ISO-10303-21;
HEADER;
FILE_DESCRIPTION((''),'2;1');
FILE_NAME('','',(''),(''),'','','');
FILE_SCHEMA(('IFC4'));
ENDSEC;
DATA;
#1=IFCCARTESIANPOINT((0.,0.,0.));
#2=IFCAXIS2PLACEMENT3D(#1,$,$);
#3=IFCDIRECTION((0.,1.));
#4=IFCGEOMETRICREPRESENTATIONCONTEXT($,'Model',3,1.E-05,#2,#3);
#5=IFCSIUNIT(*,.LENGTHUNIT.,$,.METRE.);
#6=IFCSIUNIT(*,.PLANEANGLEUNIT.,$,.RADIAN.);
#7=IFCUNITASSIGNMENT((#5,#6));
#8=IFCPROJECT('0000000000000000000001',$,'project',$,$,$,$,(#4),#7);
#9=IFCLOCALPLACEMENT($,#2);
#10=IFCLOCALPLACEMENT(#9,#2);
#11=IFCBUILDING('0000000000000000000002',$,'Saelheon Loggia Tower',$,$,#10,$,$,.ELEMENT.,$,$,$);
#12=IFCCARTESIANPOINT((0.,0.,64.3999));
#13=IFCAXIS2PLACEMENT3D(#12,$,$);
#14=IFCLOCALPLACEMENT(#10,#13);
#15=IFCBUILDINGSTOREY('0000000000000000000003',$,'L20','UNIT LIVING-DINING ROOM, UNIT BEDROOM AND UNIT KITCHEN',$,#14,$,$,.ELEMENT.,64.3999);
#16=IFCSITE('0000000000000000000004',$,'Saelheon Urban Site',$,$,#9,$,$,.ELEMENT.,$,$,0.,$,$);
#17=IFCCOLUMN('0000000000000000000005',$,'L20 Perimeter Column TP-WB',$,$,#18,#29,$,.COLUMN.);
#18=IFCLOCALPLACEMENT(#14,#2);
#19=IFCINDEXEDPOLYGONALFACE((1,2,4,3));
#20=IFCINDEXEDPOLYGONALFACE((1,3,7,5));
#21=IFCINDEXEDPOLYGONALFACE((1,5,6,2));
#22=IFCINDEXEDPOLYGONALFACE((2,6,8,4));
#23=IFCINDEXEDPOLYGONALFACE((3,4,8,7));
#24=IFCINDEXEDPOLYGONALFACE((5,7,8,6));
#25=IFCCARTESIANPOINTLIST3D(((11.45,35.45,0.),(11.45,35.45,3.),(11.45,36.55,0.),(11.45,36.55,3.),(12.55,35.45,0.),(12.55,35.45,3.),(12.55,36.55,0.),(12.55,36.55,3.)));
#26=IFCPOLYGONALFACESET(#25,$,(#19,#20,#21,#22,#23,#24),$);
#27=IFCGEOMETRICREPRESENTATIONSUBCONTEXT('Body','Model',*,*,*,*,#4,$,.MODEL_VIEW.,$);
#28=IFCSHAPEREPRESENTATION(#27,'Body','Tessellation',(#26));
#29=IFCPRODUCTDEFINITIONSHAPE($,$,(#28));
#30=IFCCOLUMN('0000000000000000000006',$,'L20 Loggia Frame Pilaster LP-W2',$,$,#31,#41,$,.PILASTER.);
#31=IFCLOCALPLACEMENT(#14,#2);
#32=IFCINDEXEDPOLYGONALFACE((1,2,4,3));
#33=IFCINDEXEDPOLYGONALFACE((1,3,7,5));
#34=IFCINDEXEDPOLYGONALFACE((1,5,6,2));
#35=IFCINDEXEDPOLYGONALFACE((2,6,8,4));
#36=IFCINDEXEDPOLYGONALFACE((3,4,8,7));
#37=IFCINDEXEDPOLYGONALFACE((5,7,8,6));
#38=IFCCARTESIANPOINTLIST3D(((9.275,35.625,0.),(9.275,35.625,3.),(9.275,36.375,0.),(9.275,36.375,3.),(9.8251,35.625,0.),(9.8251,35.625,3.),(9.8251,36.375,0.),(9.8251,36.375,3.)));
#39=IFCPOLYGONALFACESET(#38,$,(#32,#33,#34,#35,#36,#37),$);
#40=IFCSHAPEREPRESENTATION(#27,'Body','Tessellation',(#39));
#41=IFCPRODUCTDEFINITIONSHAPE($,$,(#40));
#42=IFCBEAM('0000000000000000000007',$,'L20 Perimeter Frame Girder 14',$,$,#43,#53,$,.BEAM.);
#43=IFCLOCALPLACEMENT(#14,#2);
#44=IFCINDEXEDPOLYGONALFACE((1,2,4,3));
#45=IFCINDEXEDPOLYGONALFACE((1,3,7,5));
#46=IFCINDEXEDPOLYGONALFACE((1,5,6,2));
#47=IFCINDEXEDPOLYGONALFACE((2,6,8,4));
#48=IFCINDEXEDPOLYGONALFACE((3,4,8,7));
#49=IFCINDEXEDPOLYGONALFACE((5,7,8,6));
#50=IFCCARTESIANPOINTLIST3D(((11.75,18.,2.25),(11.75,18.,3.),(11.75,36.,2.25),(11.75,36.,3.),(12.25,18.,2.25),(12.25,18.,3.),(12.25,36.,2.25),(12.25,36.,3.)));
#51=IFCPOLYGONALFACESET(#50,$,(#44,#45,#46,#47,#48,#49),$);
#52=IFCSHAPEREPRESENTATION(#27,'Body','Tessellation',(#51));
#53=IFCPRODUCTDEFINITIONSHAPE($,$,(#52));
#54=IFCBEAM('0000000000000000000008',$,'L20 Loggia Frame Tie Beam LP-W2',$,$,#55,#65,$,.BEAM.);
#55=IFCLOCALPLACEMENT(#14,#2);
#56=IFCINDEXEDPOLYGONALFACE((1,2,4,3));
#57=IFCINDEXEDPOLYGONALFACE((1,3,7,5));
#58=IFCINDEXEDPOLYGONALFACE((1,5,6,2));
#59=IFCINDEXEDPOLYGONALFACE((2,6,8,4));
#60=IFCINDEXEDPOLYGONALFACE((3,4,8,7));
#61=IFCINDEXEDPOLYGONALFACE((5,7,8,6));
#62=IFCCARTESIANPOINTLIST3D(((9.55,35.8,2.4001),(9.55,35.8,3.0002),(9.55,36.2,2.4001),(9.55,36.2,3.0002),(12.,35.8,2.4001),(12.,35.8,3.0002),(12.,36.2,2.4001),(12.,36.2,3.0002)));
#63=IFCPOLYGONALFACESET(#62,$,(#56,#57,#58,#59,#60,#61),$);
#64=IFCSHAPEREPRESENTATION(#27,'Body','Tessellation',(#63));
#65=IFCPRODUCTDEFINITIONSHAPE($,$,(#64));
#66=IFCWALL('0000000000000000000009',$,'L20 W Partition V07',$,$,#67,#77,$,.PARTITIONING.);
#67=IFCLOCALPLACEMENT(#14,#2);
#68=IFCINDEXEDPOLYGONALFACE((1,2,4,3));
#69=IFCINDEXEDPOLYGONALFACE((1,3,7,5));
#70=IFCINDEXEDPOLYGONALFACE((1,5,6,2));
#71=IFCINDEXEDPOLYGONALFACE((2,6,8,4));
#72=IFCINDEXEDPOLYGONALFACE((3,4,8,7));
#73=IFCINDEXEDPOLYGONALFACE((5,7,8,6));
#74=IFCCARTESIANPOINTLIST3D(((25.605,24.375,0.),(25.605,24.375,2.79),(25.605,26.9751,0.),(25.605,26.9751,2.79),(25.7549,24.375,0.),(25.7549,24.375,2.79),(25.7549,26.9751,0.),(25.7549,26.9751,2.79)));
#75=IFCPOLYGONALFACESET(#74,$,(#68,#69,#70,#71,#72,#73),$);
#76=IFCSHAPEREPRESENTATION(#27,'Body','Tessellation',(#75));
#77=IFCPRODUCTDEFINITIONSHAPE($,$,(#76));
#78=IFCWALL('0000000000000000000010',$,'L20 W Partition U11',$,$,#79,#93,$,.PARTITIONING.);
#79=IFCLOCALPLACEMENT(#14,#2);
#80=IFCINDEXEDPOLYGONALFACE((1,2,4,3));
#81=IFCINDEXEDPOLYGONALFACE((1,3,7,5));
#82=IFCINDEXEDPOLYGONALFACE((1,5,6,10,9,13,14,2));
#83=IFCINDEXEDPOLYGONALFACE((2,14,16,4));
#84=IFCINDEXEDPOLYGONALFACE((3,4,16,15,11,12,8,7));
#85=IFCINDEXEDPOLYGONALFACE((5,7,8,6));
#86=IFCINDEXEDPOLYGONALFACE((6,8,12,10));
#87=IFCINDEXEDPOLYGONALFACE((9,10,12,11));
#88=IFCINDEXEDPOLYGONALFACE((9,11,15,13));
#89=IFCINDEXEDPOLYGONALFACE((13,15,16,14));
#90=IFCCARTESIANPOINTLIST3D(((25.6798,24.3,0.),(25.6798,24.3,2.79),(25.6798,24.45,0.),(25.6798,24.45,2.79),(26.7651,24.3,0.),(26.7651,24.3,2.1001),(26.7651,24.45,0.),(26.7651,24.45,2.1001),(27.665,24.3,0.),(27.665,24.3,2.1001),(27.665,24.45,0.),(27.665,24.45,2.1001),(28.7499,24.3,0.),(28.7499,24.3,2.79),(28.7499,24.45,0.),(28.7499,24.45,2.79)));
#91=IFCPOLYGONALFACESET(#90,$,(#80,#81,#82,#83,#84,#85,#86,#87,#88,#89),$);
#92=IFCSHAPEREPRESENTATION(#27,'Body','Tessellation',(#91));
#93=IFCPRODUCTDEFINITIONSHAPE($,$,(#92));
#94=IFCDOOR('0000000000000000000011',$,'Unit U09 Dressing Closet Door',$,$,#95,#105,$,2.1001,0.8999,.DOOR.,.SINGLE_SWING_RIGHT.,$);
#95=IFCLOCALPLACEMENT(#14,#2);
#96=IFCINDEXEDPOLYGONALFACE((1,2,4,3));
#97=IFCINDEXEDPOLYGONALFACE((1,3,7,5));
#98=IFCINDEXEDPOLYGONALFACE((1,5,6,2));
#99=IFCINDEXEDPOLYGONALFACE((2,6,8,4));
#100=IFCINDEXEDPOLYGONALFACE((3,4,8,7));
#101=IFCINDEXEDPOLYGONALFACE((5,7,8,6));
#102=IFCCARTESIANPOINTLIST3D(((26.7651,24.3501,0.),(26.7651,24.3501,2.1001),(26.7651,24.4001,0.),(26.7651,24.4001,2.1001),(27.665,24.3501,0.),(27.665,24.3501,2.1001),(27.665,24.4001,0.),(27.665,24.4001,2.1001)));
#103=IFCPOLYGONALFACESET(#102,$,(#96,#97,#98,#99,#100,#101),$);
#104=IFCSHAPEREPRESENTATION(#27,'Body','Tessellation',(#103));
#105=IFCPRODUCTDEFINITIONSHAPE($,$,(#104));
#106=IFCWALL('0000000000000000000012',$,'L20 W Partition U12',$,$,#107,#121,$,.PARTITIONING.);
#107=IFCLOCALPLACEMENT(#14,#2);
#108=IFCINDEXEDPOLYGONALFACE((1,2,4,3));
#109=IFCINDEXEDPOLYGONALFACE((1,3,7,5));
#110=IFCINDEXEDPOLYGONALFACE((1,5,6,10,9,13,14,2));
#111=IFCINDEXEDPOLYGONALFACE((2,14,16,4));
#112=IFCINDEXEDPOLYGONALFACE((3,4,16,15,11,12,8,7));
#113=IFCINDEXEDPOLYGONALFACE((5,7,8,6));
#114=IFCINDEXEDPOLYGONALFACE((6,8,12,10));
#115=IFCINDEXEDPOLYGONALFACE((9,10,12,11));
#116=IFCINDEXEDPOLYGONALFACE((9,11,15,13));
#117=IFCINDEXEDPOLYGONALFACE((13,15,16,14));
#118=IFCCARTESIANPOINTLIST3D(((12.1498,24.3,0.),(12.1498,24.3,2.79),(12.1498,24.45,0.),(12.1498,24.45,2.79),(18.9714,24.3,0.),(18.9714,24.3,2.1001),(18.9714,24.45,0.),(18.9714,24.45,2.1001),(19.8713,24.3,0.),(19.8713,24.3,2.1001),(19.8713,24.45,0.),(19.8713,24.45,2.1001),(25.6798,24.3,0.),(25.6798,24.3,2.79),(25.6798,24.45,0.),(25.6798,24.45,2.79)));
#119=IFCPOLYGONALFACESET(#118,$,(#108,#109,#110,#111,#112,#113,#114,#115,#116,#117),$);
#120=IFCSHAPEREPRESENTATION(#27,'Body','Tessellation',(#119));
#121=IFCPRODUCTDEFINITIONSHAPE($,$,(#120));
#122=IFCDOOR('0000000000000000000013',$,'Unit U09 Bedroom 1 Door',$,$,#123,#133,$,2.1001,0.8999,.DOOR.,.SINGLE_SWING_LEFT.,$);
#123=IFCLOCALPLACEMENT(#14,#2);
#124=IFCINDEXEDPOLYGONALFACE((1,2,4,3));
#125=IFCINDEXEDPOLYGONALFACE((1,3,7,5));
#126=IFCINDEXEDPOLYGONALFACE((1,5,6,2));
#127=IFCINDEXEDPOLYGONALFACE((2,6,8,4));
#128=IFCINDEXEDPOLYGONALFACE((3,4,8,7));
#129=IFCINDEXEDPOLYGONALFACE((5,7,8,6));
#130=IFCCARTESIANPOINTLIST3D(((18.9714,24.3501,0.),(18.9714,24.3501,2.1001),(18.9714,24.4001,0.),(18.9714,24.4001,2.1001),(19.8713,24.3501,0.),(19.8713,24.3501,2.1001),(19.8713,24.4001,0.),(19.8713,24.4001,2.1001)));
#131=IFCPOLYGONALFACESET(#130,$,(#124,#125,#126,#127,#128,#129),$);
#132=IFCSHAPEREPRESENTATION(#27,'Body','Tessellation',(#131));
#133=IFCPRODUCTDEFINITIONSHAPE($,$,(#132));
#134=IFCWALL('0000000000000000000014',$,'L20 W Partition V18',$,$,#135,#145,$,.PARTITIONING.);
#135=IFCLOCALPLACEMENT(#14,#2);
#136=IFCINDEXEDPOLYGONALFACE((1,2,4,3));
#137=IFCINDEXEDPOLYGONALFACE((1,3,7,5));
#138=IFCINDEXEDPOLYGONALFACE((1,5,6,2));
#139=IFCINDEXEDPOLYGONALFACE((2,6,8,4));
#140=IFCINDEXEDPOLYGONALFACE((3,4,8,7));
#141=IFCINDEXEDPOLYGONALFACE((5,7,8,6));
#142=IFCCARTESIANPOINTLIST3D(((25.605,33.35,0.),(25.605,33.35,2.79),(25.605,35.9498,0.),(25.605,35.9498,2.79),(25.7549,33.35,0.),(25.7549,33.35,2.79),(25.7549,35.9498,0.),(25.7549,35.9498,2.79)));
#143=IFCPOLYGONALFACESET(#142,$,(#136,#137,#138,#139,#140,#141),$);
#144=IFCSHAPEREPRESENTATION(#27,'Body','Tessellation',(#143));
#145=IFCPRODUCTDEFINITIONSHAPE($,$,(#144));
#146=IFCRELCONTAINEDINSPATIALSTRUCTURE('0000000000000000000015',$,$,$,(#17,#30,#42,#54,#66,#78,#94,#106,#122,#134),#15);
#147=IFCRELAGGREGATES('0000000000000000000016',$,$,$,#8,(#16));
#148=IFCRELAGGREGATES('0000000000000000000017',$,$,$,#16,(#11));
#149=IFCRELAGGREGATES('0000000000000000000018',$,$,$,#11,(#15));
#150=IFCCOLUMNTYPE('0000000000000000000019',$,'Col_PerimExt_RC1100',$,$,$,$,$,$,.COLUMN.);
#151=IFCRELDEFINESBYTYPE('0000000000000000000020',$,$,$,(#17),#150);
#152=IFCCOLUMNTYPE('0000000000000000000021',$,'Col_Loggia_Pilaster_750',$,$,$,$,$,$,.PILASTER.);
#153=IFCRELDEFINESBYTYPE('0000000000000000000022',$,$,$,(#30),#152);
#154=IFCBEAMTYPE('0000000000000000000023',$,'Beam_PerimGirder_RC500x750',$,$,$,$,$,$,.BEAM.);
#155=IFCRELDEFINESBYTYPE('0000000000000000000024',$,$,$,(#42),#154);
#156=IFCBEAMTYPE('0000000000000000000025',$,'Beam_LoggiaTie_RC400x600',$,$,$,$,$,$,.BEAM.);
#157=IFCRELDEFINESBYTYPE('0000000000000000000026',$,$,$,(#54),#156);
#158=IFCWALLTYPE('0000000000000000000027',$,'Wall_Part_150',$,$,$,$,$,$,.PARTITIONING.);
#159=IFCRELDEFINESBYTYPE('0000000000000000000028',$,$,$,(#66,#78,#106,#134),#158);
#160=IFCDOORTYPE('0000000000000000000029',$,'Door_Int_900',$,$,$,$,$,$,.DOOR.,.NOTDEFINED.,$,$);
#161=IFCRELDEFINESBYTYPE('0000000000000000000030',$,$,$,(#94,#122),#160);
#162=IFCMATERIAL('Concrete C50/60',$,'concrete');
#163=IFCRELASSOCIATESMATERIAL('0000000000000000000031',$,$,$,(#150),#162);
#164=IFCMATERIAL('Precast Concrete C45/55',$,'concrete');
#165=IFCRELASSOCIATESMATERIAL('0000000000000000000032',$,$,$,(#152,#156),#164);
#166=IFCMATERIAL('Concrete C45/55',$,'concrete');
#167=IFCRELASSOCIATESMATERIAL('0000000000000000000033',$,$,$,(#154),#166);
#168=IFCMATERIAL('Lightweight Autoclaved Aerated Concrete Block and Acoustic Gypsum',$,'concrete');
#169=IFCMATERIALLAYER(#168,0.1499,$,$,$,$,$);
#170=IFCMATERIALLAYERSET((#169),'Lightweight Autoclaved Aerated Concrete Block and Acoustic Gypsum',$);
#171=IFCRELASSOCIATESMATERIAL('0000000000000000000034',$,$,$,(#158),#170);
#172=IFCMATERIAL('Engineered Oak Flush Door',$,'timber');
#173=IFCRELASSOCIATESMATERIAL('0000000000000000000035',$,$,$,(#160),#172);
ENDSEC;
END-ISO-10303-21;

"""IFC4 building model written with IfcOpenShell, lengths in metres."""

from ifc_helpers import new_model, si_unit, direction, frame, frame_2d, origin, origin_2d, place, context, subcontext, project, spatial, rectangle, extrude, source, transform, mapped, material, layer, layer_set, material_profile, profile_set, type_object, element, fill, save


model = new_model("IFC4")

# Units and contexts
model_context = context("Model", 3, precision=1e-05, world=origin(), true_north=direction((0.0, 1.0)))
body_context = subcontext(model_context, "Body", "Model", "MODEL_VIEW")
ifc_project = project(units=[si_unit("LENGTHUNIT", "METRE"), si_unit("PLANEANGLEUNIT", "RADIAN")], contexts=[model_context])

# Site, building, storey
site_placement = place(None, origin())
site = spatial("IfcSite", under=ifc_project, at=site_placement, Name="Saelheon Urban Site", CompositionType="ELEMENT", RefElevation=0.0)
building_placement = place(site_placement, origin())
building = spatial("IfcBuilding", under=site, at=building_placement, Name="Saelheon Loggia Tower", CompositionType="ELEMENT")
storey_placement = place(building_placement, frame((0.0, 0.0, 64.3999)))
storey = spatial("IfcBuildingStorey", under=building, at=storey_placement, Name="L20", Description="UNIT LIVING-DINING ROOM, UNIT BEDROOM AND UNIT KITCHEN", CompositionType="ELEMENT", Elevation=64.3999)

# Columns
ifc_material_1 = material(Name="Concrete C50/60", Category="concrete")
ifc_material_profile_1 = material_profile(ifc_material_1, rectangle(XDim=1.1001, YDim=1.1001, at=origin_2d()), Name="RC-1100x1100")
ifc_profile_set_1 = profile_set([ifc_material_profile_1], Name="Concrete C50/60")
column_type_1 = type_object("IfcColumnType", Name="Col_PerimExt_RC1100", PredefinedType="COLUMN", material=ifc_profile_set_1)
shared_shape_1 = source(origin(), body_context, "Body", "SweptSolid", [
    extrude(rectangle(XDim=1.1001, YDim=1.1001, at=origin_2d()), origin(), (0.0, 0.0, 1.0), 3.0),
])
column_1_placement = place(storey_placement, frame((12.0, 36.0, 0.0), z_axis=(0.0, 0.0, 1.0), x_axis=(1.0, 0.0, 0.0)))
element("IfcColumn", 1, at=column_1_placement, inside=storey, type_object=column_type_1, Name="L20 Perimeter Column TP-WB", PredefinedType="COLUMN", context=body_context, shape_type="MappedRepresentation", body=[
    mapped(shared_shape_1, transform((0.0, 0.0, 0.0), scale=1.0)),
])
ifc_material_2 = material(Name="Precast Concrete C45/55", Category="concrete")
ifc_material_profile_2 = material_profile(ifc_material_2, rectangle(XDim=0.55, YDim=0.75, at=origin_2d()), Name="RC-550x750")
ifc_profile_set_2 = profile_set([ifc_material_profile_2], Name="Precast Concrete C45/55")
column_type_2 = type_object("IfcColumnType", Name="Col_Loggia_Pilaster_750", PredefinedType="PILASTER", material=ifc_profile_set_2)
shared_shape_2 = source(origin(), body_context, "Body", "SweptSolid", [
    extrude(rectangle(XDim=0.55, YDim=0.75, at=origin_2d()), origin(), (0.0, 0.0, 1.0), 3.0),
])
column_2_placement = place(storey_placement, frame((9.55, 36.0, 0.0), z_axis=(0.0, 0.0, 1.0), x_axis=(1.0, 0.0, 0.0)))
element("IfcColumn", 2, at=column_2_placement, inside=storey, type_object=column_type_2, Name="L20 Loggia Frame Pilaster LP-W2", PredefinedType="PILASTER", context=body_context, shape_type="MappedRepresentation", body=[
    mapped(shared_shape_2, transform((0.0, 0.0, 0.0), scale=1.0)),
])

# Beams
ifc_material_3 = material(Name="Concrete C45/55", Category="concrete")
ifc_material_profile_3 = material_profile(ifc_material_3, rectangle(XDim=0.5, YDim=0.75, at=origin_2d()), Name="RC-500x750")
ifc_profile_set_3 = profile_set([ifc_material_profile_3], Name="Concrete C45/55")
beam_type_1 = type_object("IfcBeamType", Name="Beam_PerimGirder_RC500x750", PredefinedType="BEAM", material=ifc_profile_set_3)
shared_shape_3 = source(origin(), body_context, "Body", "SweptSolid", [
    extrude(rectangle(XDim=0.5, YDim=0.75, at=origin_2d()), origin(), (0.0, 0.0, 1.0), 18.0),
])
beam_1_placement = place(storey_placement, frame((12.0, 36.0, 2.625), z_axis=(0.0, -1.0, 0.0), x_axis=(1.0, 0.0, 0.0)))
element("IfcBeam", 3, at=beam_1_placement, inside=storey, type_object=beam_type_1, Name="L20 Perimeter Frame Girder 14", PredefinedType="BEAM", context=body_context, shape_type="MappedRepresentation", body=[
    mapped(shared_shape_3, transform((0.0, 0.0, 0.0), scale=1.0)),
])
ifc_material_profile_4 = material_profile(ifc_material_2, rectangle(XDim=0.3999, YDim=0.6001, at=origin_2d()), Name="RC-400x600")
ifc_profile_set_4 = profile_set([ifc_material_profile_4], Name="Precast Concrete C45/55")
beam_type_2 = type_object("IfcBeamType", Name="Beam_LoggiaTie_RC400x600", PredefinedType="BEAM", material=ifc_profile_set_4)
shared_shape_4 = source(origin(), body_context, "Body", "SweptSolid", [
    extrude(rectangle(XDim=0.3999, YDim=0.6001, at=origin_2d()), origin(), (0.0, 0.0, 1.0), 2.45),
])
beam_2_placement = place(storey_placement, frame((12.0, 36.0, 2.7002), z_axis=(-1.0, 0.0, 0.0), x_axis=(0.0, -1.0, 0.0)))
element("IfcBeam", 4, at=beam_2_placement, inside=storey, type_object=beam_type_2, Name="L20 Loggia Frame Tie Beam LP-W2", PredefinedType="BEAM", context=body_context, shape_type="MappedRepresentation", body=[
    mapped(shared_shape_4, transform((0.0, 0.0, 0.0), scale=1.0)),
])

# Wall
ifc_material_4 = material(Name="Lightweight Autoclaved Aerated Concrete Block and Acoustic Gypsum", Category="concrete")
ifc_layer_1 = layer(ifc_material_4, 0.1499)
ifc_layer_set_1 = layer_set([ifc_layer_1], Name="Lightweight Autoclaved Aerated Concrete Block and Acoustic Gypsum")
wall_type_1 = type_object("IfcWallType", Name="Wall_Part_150", PredefinedType="PARTITIONING", material=ifc_layer_set_1)
wall_1_placement = place(storey_placement, frame((25.6799, 24.375, 0.0), z_axis=(0.0, 0.0, 1.0), x_axis=(0.0, 1.0, 0.0)))
element("IfcWall", 5, at=wall_1_placement, inside=storey, type_object=wall_type_1, Name="L20 W Partition V07", PredefinedType="PARTITIONING", context=body_context, shape_type="SweptSolid", body=[
    extrude(rectangle(XDim=2.6001, YDim=0.1499, at=frame_2d((1.3, 0.0))), origin(), (0.0, 0.0, 1.0), 2.79),
])

# Walls, openings, doors
wall_2_placement = place(storey_placement, frame((28.75, 24.375, 0.0), z_axis=(0.0, 0.0, 1.0), x_axis=(-1.0, 0.0, 0.0)))
wall_2 = element("IfcWall", 6, at=wall_2_placement, inside=storey, type_object=wall_type_1, Name="L20 W Partition U11", PredefinedType="PARTITIONING", context=body_context, shape_type="SweptSolid", body=[
    extrude(rectangle(XDim=3.0701, YDim=0.1499, at=frame_2d((1.5352, 0.0))), origin(), (0.0, 0.0, 1.0), 2.79),
])
opening_1_placement = place(wall_2_placement, frame((1.085, 0.0, 0.0)))
opening_1 = element("IfcOpeningElement", 7, at=opening_1_placement, cuts=wall_2, PredefinedType="OPENING", context=body_context, shape_type="SweptSolid", body=[
    extrude(rectangle(XDim=0.8999, YDim=2.1001, at=frame_2d((0.45, 1.05))), frame((0.0, 0.0869, 0.0), z_axis=(0.0, -1.0, 0.0), x_axis=(1.0, 0.0, 0.0)), (0.0, 0.0, 1.0), 0.1738),
])
ifc_material_5 = material(Name="Engineered Oak Flush Door", Category="timber")
door_type_1 = type_object("IfcDoorType", Name="Door_Int_900", OperationType="NOTDEFINED", PredefinedType="DOOR", material=ifc_material_5)
shared_shape_5 = source(origin(), body_context, "Body", "SweptSolid", [
    extrude(rectangle(XDim=0.8999, YDim=2.1001, at=frame_2d((0.45, 1.05))), frame((0.0, 0.0249, 0.0), z_axis=(0.0, -1.0, 0.0), x_axis=(1.0, 0.0, 0.0)), (0.0, 0.0, 1.0), 0.05),
])
door_1_placement = place(opening_1_placement, origin())
door_1 = element("IfcDoor", 8, at=door_1_placement, inside=storey, type_object=door_type_1, Name="Unit U09 Dressing Closet Door", OperationType="SINGLE_SWING_RIGHT", OverallHeight=2.1001, OverallWidth=0.8999, PredefinedType="DOOR", context=body_context, shape_type="MappedRepresentation", body=[
    mapped(shared_shape_5, transform((0.0, 0.0, 0.0), scale=1.0)),
])
fill(opening_1, door_1)
wall_3_placement = place(storey_placement, frame((25.6799, 24.375, 0.0), z_axis=(0.0, 0.0, 1.0), x_axis=(-1.0, 0.0, 0.0)))
wall_3 = element("IfcWall", 9, at=wall_3_placement, inside=storey, type_object=wall_type_1, Name="L20 W Partition U12", PredefinedType="PARTITIONING", context=body_context, shape_type="SweptSolid", body=[
    extrude(rectangle(XDim=13.53, YDim=0.1499, at=frame_2d((6.7651, 0.0))), origin(), (0.0, 0.0, 1.0), 2.79),
])
opening_2_placement = place(wall_3_placement, frame((5.8086, 0.0, 0.0)))
opening_2 = element("IfcOpeningElement", 10, at=opening_2_placement, cuts=wall_3, PredefinedType="OPENING", context=body_context, shape_type="SweptSolid", body=[
    extrude(rectangle(XDim=0.8999, YDim=2.1001, at=frame_2d((0.45, 1.05))), frame((0.0, 0.0869, 0.0), z_axis=(0.0, -1.0, 0.0), x_axis=(1.0, 0.0, 0.0)), (0.0, 0.0, 1.0), 0.1738),
])
door_2_placement = place(opening_2_placement, origin())
door_2 = element("IfcDoor", 11, at=door_2_placement, inside=storey, type_object=door_type_1, Name="Unit U09 Bedroom 1 Door", OperationType="SINGLE_SWING_LEFT", OverallHeight=2.1001, OverallWidth=0.8999, PredefinedType="DOOR", context=body_context, shape_type="MappedRepresentation", body=[
    mapped(shared_shape_5, transform((0.0, 0.0, 0.0), scale=1.0)),
])
fill(opening_2, door_2)

# Wall
wall_4_placement = place(storey_placement, frame((25.6799, 33.3501, 0.0), z_axis=(0.0, 0.0, 1.0), x_axis=(0.0, 1.0, 0.0)))
element("IfcWall", 12, at=wall_4_placement, inside=storey, type_object=wall_type_1, Name="L20 W Partition V18", PredefinedType="PARTITIONING", context=body_context, shape_type="SweptSolid", body=[
    extrude(rectangle(XDim=2.5999, YDim=0.1499, at=frame_2d((1.2998, 0.0))), origin(), (0.0, 0.0, 1.0), 2.79),
])

save(model, "model.ifc")
